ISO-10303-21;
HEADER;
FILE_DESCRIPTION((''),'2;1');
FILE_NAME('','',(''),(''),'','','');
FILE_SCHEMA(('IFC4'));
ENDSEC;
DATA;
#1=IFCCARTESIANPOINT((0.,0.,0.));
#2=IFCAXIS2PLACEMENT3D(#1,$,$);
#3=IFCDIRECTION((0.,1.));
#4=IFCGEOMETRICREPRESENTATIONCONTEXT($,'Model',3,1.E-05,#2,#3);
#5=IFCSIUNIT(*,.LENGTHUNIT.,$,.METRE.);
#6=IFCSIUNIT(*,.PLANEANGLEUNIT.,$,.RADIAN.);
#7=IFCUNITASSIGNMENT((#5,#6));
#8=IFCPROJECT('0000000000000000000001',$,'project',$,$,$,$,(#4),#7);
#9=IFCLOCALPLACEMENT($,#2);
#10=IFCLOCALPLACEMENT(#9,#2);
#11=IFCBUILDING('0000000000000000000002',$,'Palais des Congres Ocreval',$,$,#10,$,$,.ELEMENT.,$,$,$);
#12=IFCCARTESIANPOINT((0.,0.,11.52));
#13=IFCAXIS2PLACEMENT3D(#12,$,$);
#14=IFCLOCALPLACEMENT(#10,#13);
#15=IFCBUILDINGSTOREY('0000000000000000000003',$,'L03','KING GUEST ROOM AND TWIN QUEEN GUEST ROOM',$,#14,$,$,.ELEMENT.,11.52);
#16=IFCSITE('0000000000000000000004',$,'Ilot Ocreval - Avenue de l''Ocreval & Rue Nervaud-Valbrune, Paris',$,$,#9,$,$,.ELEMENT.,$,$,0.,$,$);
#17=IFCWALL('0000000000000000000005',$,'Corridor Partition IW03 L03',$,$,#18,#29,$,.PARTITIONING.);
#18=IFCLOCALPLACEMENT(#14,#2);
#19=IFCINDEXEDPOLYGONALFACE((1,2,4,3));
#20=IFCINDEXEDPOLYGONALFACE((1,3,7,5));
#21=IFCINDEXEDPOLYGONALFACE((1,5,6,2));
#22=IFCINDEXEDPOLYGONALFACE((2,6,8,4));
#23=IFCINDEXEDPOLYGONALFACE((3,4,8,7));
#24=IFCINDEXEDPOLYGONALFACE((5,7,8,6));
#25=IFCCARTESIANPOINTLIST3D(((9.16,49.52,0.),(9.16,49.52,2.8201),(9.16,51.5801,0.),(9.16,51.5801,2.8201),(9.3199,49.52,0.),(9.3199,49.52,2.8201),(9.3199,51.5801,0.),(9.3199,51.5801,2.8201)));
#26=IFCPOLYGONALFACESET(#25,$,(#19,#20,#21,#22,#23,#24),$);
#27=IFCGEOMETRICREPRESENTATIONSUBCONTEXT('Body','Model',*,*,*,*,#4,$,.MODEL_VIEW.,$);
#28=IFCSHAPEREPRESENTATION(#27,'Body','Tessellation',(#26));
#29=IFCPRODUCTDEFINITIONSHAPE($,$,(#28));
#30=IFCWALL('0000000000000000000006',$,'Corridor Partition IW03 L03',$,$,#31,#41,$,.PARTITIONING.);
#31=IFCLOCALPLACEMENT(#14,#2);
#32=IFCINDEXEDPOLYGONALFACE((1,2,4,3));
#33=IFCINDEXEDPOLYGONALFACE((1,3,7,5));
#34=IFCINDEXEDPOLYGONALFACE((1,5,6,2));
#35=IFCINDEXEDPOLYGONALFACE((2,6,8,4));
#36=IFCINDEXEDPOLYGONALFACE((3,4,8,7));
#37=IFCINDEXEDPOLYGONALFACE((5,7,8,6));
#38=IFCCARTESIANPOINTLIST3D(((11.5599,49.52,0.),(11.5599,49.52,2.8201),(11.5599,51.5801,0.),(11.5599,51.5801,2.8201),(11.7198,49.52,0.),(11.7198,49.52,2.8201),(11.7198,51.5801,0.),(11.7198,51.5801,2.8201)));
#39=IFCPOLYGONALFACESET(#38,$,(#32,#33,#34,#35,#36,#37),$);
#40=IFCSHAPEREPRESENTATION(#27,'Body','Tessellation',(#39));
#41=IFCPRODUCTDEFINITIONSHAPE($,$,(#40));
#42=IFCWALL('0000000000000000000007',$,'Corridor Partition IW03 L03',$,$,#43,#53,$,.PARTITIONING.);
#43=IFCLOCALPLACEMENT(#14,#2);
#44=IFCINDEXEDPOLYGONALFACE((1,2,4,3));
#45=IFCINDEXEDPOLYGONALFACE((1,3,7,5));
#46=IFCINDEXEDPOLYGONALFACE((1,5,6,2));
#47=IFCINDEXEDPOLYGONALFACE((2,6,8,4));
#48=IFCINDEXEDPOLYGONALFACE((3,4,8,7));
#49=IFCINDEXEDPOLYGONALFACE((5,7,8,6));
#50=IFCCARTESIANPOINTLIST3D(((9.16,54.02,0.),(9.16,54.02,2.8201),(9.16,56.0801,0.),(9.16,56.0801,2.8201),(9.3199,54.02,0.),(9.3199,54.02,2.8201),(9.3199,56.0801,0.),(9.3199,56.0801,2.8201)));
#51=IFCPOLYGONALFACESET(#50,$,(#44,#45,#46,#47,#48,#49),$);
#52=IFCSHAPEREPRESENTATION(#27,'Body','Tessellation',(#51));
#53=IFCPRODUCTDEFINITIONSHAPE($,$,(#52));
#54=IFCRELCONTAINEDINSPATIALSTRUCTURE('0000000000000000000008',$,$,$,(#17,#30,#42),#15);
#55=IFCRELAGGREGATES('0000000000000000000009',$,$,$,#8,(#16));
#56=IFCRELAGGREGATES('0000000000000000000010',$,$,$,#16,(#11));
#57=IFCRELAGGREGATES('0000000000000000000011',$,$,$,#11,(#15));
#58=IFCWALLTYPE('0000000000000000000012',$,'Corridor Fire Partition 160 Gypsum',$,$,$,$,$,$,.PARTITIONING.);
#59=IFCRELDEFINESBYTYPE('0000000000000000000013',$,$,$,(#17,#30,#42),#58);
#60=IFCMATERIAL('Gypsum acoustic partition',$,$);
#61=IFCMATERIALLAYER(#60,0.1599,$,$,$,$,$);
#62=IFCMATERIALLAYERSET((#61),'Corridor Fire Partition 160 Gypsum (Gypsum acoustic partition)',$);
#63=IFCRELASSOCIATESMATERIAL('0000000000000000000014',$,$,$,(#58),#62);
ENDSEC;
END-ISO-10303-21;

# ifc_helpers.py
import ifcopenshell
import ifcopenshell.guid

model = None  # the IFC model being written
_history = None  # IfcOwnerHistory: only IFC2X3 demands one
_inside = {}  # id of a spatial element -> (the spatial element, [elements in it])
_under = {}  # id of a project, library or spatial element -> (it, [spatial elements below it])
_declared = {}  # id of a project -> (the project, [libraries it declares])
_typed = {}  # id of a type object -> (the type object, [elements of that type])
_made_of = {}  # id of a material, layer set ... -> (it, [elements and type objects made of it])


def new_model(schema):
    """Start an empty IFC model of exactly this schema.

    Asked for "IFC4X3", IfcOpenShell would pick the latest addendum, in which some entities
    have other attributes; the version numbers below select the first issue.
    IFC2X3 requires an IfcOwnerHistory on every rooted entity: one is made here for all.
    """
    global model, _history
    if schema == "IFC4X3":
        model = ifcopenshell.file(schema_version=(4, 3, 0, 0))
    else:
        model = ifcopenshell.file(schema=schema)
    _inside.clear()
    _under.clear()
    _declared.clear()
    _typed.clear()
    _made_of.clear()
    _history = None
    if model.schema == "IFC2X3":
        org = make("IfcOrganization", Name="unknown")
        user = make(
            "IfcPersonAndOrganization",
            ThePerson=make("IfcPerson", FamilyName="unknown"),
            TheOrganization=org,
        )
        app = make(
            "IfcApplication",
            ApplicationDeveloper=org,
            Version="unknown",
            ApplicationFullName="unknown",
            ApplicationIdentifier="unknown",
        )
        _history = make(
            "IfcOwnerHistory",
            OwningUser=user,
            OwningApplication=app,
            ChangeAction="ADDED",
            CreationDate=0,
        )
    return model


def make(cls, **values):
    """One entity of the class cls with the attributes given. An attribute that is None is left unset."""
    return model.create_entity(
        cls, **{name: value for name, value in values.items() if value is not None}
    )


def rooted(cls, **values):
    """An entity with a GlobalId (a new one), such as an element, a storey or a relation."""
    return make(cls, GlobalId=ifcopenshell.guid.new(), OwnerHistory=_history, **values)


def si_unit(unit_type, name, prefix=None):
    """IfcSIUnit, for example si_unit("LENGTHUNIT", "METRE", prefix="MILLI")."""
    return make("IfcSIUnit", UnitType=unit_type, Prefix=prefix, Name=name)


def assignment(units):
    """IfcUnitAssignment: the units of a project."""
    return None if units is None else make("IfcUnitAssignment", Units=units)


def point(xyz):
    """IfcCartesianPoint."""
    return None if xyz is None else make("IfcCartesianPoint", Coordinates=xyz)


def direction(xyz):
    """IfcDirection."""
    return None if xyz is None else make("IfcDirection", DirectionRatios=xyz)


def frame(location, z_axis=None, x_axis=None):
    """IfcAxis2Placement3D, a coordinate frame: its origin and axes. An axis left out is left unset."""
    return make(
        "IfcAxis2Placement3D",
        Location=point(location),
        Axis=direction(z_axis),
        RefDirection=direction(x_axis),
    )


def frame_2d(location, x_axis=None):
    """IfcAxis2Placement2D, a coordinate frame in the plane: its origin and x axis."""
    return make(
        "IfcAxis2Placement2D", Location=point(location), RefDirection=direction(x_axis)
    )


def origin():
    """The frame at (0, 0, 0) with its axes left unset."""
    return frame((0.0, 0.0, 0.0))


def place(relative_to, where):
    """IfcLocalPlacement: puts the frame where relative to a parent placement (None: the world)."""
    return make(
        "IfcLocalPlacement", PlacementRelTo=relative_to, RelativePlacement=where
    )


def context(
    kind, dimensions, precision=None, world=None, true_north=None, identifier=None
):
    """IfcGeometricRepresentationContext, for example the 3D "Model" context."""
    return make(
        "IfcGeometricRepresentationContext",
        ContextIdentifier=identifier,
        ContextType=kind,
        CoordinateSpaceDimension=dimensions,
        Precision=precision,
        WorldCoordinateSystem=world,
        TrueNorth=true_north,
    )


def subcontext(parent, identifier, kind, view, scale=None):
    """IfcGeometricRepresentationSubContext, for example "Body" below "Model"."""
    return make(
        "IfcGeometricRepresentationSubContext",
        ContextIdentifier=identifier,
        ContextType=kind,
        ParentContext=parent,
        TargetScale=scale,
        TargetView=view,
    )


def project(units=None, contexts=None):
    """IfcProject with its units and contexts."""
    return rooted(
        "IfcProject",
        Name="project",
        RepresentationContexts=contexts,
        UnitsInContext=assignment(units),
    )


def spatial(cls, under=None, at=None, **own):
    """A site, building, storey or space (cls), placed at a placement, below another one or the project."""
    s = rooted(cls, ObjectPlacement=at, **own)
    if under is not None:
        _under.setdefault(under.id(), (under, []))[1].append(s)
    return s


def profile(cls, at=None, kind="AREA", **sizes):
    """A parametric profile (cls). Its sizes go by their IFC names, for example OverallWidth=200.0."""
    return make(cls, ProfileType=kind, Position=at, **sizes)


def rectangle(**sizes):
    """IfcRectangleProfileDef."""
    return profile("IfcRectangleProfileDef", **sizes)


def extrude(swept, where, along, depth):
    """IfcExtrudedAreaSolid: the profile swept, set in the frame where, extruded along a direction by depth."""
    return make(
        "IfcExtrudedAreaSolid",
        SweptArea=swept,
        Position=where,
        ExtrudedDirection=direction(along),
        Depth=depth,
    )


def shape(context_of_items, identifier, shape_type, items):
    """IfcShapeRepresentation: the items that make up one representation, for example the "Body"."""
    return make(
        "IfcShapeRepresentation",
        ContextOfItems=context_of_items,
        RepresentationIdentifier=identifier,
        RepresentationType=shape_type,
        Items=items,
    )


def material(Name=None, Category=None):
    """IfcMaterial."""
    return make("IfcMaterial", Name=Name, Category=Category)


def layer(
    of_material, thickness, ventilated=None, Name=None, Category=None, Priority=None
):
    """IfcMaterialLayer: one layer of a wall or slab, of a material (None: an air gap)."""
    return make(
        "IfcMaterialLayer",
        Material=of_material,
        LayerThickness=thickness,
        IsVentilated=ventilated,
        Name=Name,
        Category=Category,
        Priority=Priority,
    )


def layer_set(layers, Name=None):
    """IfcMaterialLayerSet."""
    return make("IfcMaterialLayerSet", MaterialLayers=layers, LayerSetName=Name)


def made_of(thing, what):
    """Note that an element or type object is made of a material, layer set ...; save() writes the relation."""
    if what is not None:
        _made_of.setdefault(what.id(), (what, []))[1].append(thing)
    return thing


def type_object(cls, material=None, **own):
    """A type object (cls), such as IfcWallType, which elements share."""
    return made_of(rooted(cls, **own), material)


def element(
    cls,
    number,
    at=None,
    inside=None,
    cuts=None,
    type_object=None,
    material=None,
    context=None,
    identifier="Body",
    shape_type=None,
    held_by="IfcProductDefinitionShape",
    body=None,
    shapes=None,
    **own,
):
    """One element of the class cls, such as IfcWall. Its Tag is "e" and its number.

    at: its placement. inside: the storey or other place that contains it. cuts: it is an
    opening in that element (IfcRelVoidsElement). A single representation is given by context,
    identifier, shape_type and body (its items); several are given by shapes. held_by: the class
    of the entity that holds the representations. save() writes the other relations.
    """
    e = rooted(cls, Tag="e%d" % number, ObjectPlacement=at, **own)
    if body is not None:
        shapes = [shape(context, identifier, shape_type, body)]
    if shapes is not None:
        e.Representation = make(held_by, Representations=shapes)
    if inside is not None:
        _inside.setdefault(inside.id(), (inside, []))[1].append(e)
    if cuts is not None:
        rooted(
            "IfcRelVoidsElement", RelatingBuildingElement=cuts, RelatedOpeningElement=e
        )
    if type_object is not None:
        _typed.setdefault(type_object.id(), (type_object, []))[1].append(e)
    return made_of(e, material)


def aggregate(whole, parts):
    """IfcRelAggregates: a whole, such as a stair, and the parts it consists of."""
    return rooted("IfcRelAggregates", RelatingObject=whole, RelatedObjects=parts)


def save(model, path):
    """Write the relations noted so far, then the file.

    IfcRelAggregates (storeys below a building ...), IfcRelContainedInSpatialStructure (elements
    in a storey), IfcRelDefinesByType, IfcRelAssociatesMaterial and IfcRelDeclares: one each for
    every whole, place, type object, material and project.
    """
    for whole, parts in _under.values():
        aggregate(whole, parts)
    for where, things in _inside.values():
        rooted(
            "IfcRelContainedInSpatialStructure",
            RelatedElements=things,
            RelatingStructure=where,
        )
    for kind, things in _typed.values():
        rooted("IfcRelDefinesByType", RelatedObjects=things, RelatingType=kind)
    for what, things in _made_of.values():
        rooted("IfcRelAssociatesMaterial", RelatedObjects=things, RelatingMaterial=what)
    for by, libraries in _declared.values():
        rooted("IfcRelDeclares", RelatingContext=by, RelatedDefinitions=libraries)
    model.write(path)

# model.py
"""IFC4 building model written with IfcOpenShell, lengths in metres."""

from ifc_helpers import new_model, si_unit, direction, frame, frame_2d, origin, place, context, subcontext, project, spatial, rectangle, extrude, material, layer, layer_set, type_object, element, save


model = new_model("IFC4")

# Units and contexts
model_context = context("Model", 3, precision=1e-05, world=origin(), true_north=direction((0.0, 1.0)))
body_context = subcontext(model_context, "Body", "Model", "MODEL_VIEW")
ifc_project = project(units=[si_unit("LENGTHUNIT", "METRE"), si_unit("PLANEANGLEUNIT", "RADIAN")], contexts=[model_context])

# Site, building, storey
site_placement = place(None, origin())
site = spatial("IfcSite", under=ifc_project, at=site_placement, Name="Ilot Ocreval - Avenue de l'Ocreval & Rue Nervaud-Valbrune, Paris", CompositionType="ELEMENT", RefElevation=0.0)
building_placement = place(site_placement, origin())
building = spatial("IfcBuilding", under=site, at=building_placement, Name="Palais des Congres Ocreval", CompositionType="ELEMENT")
storey_placement = place(building_placement, frame((0.0, 0.0, 11.52)))
storey = spatial("IfcBuildingStorey", under=building, at=storey_placement, Name="L03", Description="KING GUEST ROOM AND TWIN QUEEN GUEST ROOM", CompositionType="ELEMENT", Elevation=11.52)

# Walls
ifc_material_1 = material(Name="Gypsum acoustic partition")
ifc_layer_1 = layer(ifc_material_1, 0.1599)
ifc_layer_set_1 = layer_set([ifc_layer_1], Name="Corridor Fire Partition 160 Gypsum (Gypsum acoustic partition)")
wall_type_1 = type_object("IfcWallType", Name="Corridor Fire Partition 160 Gypsum", PredefinedType="PARTITIONING", material=ifc_layer_set_1)
for number, where, z_axis, x_axis, name in (
    (1, (9.24, 49.52, 0.0), (0.0, 0.0, 1.0), (0.0, 1.0, 0.0), "Corridor Partition IW03 L03"),
    (2, (11.6399, 49.52, 0.0), (0.0, 0.0, 1.0), (0.0, 1.0, 0.0), "Corridor Partition IW03 L03"),
    (3, (9.24, 54.02, 0.0), (0.0, 0.0, 1.0), (0.0, 1.0, 0.0), "Corridor Partition IW03 L03"),
):
    element("IfcWall", number, at=place(storey_placement, frame(where, z_axis=z_axis, x_axis=x_axis)), inside=storey, type_object=wall_type_1, Name=name, PredefinedType="PARTITIONING", context=body_context, shape_type="SweptSolid", body=[
        extrude(rectangle(XDim=2.0601, YDim=0.1599, at=frame_2d((1.03, 0.0))), origin(), (0.0, 0.0, 1.0), 2.8201),
    ])

save(model, "model.ifc")
